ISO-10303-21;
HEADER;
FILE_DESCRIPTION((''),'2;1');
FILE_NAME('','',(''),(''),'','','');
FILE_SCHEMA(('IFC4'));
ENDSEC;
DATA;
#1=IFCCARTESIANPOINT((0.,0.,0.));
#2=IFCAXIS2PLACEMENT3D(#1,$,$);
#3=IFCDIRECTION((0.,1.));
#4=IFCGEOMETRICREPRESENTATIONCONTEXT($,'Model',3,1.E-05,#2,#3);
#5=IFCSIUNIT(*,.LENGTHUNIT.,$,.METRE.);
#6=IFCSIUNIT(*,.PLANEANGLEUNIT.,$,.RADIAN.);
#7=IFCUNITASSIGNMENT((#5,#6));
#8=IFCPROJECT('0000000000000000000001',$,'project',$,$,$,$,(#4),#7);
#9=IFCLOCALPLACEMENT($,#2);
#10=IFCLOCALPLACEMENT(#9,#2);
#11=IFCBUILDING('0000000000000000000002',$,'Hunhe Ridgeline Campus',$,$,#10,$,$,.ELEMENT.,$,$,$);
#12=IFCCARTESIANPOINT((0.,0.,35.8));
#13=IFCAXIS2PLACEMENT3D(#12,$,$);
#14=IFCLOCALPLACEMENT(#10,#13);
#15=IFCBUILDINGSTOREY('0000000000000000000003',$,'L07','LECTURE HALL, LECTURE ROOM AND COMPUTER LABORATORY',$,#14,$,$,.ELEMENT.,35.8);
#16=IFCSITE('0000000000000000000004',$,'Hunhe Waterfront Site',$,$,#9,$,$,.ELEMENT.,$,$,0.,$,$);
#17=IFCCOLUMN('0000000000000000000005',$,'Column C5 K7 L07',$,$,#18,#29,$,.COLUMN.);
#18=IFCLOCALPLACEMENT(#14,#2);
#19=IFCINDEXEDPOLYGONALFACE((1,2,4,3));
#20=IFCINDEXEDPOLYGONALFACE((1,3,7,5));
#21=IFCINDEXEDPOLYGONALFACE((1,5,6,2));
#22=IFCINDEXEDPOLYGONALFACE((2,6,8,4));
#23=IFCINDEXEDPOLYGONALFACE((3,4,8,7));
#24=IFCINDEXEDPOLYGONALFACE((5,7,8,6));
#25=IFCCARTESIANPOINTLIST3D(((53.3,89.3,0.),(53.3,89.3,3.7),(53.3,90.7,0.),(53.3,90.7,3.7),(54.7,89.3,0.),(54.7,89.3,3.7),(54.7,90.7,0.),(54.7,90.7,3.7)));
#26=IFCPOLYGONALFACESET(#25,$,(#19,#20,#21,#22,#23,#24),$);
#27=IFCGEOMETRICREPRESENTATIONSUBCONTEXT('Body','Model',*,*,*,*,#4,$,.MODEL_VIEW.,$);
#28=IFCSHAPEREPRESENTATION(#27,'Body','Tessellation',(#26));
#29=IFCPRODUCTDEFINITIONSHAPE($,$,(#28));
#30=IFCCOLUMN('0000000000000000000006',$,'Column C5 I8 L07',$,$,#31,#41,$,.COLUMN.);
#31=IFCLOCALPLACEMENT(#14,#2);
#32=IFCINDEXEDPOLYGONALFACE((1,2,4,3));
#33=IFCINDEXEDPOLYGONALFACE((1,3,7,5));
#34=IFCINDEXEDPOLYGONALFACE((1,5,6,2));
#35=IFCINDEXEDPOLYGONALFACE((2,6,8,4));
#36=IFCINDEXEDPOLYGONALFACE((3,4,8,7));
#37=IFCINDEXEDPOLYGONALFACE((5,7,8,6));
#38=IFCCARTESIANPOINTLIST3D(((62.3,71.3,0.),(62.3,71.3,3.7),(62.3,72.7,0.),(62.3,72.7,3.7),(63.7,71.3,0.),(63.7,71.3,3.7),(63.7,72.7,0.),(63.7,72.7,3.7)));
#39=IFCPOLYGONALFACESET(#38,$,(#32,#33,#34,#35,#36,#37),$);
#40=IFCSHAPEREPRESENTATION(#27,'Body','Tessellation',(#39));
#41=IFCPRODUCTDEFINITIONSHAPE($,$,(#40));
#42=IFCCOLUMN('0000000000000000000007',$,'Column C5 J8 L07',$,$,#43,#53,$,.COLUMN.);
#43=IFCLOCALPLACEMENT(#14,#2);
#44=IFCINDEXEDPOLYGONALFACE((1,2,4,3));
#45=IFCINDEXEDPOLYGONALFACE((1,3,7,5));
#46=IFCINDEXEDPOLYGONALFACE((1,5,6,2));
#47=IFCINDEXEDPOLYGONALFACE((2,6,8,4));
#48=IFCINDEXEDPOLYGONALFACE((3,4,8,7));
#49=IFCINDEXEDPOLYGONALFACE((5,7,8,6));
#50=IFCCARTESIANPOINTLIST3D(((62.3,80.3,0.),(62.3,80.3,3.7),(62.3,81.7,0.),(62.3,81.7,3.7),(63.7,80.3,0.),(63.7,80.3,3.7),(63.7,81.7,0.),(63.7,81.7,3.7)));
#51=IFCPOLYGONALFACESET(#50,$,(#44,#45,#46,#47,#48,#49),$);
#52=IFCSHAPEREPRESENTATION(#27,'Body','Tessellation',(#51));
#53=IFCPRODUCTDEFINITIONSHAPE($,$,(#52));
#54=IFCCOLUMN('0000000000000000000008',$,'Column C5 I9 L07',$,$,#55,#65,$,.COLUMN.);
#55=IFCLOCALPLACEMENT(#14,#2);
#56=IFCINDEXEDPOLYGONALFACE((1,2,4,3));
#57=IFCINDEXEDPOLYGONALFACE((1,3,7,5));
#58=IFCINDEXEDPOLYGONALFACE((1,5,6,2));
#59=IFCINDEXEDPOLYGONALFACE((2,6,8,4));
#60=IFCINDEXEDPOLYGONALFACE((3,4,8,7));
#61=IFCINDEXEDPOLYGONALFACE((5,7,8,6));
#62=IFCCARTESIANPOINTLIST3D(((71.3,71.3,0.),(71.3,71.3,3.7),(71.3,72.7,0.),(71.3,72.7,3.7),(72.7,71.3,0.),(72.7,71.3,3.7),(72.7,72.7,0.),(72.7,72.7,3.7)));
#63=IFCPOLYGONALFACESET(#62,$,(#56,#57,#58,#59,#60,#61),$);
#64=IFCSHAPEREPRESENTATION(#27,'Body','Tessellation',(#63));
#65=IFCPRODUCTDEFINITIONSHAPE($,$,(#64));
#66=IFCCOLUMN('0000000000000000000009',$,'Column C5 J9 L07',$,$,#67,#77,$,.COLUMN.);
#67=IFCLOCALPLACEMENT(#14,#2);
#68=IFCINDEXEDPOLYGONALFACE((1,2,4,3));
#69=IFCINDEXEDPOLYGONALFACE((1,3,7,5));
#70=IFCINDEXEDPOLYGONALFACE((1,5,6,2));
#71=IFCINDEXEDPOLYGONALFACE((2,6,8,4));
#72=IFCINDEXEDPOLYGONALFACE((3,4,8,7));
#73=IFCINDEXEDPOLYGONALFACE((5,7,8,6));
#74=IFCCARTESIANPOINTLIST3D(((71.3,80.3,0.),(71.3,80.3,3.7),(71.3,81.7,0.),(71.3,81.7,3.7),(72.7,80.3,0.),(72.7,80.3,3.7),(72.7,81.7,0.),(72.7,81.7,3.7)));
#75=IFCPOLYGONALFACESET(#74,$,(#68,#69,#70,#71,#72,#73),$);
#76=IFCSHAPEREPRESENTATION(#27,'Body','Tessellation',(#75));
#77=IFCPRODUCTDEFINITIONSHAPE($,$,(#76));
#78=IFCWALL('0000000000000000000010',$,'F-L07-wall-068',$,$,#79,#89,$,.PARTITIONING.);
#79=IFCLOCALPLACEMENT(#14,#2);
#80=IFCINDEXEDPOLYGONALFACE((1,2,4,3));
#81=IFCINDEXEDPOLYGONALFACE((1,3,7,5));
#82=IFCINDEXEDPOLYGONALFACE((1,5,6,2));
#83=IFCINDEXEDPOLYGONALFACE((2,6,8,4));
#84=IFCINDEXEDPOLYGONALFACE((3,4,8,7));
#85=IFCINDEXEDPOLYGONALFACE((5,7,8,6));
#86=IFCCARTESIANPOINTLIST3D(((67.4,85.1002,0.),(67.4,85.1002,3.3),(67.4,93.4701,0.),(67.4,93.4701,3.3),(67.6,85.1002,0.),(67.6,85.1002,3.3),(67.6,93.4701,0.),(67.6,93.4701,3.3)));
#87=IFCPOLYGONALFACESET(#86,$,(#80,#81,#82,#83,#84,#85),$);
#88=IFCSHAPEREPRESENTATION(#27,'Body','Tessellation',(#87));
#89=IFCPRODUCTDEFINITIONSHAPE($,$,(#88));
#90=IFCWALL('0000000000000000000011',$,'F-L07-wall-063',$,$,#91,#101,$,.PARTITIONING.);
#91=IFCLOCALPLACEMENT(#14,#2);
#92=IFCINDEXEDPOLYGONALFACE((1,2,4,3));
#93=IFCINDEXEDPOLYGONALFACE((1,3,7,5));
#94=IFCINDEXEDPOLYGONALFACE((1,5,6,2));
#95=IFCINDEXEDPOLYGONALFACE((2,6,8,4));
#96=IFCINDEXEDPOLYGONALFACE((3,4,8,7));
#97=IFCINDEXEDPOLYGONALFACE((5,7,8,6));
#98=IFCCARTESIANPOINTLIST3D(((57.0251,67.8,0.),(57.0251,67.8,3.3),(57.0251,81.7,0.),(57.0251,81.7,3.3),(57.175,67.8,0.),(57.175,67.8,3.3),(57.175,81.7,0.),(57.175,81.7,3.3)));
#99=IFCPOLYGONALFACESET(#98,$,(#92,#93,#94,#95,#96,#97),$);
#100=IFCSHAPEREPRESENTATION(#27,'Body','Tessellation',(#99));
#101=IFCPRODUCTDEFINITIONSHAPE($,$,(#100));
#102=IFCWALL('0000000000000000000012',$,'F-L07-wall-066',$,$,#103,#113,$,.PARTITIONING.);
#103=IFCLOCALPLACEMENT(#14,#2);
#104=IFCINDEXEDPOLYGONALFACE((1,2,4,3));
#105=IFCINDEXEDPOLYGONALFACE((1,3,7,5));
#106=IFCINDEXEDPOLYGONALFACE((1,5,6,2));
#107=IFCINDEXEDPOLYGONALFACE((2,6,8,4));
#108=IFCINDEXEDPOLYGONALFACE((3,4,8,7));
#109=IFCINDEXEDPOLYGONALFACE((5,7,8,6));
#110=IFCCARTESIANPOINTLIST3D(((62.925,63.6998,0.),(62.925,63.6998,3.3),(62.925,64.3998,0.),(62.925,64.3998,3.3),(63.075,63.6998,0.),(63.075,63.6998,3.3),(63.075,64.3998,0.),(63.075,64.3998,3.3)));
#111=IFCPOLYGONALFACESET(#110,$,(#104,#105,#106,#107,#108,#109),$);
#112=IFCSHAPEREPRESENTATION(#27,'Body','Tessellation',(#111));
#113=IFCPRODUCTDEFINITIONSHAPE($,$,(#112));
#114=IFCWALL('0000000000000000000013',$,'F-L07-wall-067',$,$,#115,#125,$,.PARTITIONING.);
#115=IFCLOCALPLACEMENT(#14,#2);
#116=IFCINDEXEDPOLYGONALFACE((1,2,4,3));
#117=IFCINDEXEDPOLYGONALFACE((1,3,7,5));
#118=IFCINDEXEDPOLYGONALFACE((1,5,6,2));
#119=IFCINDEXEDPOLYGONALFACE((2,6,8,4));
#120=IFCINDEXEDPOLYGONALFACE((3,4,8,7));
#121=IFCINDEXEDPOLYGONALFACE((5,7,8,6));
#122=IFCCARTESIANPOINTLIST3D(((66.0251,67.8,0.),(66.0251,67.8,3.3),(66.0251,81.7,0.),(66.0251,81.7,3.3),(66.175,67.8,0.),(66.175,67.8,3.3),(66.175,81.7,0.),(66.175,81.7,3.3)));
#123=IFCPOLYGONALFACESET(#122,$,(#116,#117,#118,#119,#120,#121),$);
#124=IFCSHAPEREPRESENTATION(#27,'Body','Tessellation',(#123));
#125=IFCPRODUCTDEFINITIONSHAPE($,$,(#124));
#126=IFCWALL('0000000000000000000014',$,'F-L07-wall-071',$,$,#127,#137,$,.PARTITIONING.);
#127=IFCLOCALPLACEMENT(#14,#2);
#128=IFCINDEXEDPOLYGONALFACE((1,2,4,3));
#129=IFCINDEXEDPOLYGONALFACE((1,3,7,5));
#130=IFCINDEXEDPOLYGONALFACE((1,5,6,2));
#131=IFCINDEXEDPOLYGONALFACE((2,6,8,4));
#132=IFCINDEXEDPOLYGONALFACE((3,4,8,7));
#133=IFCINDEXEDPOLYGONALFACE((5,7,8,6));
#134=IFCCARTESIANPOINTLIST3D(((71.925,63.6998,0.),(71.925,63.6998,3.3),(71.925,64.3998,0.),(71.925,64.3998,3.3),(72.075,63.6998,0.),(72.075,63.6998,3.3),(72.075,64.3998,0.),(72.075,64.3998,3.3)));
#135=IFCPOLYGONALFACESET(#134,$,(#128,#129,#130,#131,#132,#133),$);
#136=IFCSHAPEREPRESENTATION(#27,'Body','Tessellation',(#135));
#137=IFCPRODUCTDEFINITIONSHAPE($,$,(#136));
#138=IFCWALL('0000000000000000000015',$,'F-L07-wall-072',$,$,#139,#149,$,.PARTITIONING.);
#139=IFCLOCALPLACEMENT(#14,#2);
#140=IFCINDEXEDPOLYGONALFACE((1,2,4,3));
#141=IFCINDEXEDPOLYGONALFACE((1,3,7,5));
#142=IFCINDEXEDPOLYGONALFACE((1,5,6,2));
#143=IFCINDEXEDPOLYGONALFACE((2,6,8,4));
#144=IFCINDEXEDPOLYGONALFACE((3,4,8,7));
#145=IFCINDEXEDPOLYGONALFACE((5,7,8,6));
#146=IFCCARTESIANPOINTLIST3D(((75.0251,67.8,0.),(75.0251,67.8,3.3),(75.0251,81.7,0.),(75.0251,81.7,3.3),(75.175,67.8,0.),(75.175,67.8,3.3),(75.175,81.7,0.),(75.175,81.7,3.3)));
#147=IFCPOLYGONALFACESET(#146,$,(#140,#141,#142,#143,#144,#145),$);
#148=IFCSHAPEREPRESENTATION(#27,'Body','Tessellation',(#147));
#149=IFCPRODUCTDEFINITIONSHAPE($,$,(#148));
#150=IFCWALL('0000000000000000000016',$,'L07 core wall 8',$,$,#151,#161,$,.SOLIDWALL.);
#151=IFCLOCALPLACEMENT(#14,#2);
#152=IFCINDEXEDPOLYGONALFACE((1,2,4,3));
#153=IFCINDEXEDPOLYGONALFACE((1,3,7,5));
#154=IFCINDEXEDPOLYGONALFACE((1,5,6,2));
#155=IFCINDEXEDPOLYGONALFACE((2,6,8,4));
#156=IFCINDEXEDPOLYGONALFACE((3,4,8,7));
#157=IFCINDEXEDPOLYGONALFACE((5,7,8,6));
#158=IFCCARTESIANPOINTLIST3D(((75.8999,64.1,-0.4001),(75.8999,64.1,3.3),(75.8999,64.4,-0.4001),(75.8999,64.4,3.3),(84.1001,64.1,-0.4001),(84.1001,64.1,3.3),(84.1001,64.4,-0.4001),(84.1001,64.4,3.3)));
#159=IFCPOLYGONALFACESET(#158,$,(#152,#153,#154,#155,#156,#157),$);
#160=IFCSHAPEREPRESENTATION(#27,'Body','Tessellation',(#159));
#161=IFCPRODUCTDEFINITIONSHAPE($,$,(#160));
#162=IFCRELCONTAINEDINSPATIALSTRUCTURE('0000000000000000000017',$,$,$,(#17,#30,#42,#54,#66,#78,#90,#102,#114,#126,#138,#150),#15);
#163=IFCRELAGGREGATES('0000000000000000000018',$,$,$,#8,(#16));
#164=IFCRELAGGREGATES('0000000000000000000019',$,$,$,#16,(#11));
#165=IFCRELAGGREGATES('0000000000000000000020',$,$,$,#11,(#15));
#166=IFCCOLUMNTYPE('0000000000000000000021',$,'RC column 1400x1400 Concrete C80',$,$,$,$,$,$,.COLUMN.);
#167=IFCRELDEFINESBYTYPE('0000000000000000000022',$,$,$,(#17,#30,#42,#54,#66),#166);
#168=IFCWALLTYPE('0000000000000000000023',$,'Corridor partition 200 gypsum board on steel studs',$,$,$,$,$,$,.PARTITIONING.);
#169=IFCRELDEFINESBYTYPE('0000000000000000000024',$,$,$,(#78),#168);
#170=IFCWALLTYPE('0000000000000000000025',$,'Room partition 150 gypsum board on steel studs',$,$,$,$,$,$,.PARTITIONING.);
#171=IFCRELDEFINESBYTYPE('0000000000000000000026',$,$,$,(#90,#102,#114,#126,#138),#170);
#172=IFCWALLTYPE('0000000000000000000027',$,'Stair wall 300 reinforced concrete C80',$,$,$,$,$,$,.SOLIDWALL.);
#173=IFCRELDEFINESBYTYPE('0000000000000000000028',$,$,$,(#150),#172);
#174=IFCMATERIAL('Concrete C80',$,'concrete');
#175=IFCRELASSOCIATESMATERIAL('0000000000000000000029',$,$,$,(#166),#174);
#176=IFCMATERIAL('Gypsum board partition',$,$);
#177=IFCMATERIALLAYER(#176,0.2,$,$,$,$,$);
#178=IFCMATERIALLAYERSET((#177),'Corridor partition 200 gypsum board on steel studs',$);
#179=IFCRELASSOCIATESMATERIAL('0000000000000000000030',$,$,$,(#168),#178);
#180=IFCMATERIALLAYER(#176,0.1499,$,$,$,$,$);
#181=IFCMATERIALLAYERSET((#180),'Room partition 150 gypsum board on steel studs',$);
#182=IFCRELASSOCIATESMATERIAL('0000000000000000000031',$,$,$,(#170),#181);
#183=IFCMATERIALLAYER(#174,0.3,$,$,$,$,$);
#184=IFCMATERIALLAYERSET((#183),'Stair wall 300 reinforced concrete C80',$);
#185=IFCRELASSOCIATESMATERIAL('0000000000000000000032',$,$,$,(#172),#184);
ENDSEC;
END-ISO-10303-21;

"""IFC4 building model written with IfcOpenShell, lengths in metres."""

from ifc_helpers import new_model, si_unit, direction, frame, frame_2d, origin, origin_2d, place, context, subcontext, project, spatial, rectangle, extrude, material, layer, layer_set, material_profile, profile_set, type_object, element, save


model = new_model("IFC4")

# Units and contexts
model_context = context("Model", 3, precision=1e-05, world=origin(), true_north=direction((0.0, 1.0)))
body_context = subcontext(model_context, "Body", "Model", "MODEL_VIEW")
ifc_project = project(units=[si_unit("LENGTHUNIT", "METRE"), si_unit("PLANEANGLEUNIT", "RADIAN")], contexts=[model_context])

# Site, building, storey
site_placement = place(None, origin())
site = spatial("IfcSite", under=ifc_project, at=site_placement, Name="Hunhe Waterfront Site", CompositionType="ELEMENT", RefElevation=0.0)
building_placement = place(site_placement, origin())
building = spatial("IfcBuilding", under=site, at=building_placement, Name="Hunhe Ridgeline Campus", CompositionType="ELEMENT")
storey_placement = place(building_placement, frame((0.0, 0.0, 35.8)))
storey = spatial("IfcBuildingStorey", under=building, at=storey_placement, Name="L07", Description="LECTURE HALL, LECTURE ROOM AND COMPUTER LABORATORY", CompositionType="ELEMENT", Elevation=35.8)

# Columns
ifc_material_1 = material(Name="Concrete C80", Category="concrete")
ifc_material_profile = material_profile(ifc_material_1, rectangle(XDim=1.3999, YDim=1.3999, at=origin_2d()))
ifc_profile_set = profile_set([ifc_material_profile], Name="Concrete C80")
column_type = type_object("IfcColumnType", Name="RC column 1400x1400 Concrete C80", PredefinedType="COLUMN", material=ifc_profile_set)
for number, where, z_axis, x_axis, name in (
    (1, (54.0, 90.0, 0.0), (0.0, 0.0, 1.0), (1.0, 0.0, 0.0), "Column C5 K7 L07"),
    (2, (63.0, 72.0, 0.0), (0.0, 0.0, 1.0), (1.0, 0.0, 0.0), "Column C5 I8 L07"),
    (3, (63.0, 81.0, 0.0), (0.0, 0.0, 1.0), (1.0, 0.0, 0.0), "Column C5 J8 L07"),
    (4, (72.0, 72.0, 0.0), (0.0, 0.0, 1.0), (1.0, 0.0, 0.0), "Column C5 I9 L07"),
    (5, (72.0, 81.0, 0.0), (0.0, 0.0, 1.0), (1.0, 0.0, 0.0), "Column C5 J9 L07"),
):
    element("IfcColumn", number, at=place(storey_placement, frame(where, z_axis=z_axis, x_axis=x_axis)), inside=storey, type_object=column_type, Name=name, PredefinedType="COLUMN", context=body_context, shape_type="SweptSolid", body=[
        extrude(rectangle(XDim=1.3999, YDim=1.3999, at=origin_2d()), origin(), (0.0, 0.0, 1.0), 3.7),
    ])

# Shared definitions
ifc_material_2 = material(Name="Gypsum board partition")
ifc_layer_1 = layer(ifc_material_2, 0.2)
ifc_layer_set_1 = layer_set([ifc_layer_1], Name="Corridor partition 200 gypsum board on steel studs")
wall_type_1 = type_object("IfcWallType", Name="Corridor partition 200 gypsum board on steel studs", PredefinedType="PARTITIONING", material=ifc_layer_set_1)

# Walls
wall_1_placement = place(storey_placement, frame((67.5, 85.1001, 0.0), z_axis=(0.0, 0.0, 1.0), x_axis=(0.0, 1.0, 0.0)))
element("IfcWall", 6, at=wall_1_placement, inside=storey, type_object=wall_type_1, Name="F-L07-wall-068", PredefinedType="PARTITIONING", context=body_context, shape_type="SweptSolid", body=[
    extrude(rectangle(XDim=8.3699, YDim=0.2, at=frame_2d((4.1851, 0.0))), origin(), (0.0, 0.0, 1.0), 3.3),
])
ifc_layer_2 = layer(ifc_material_2, 0.1499)
ifc_layer_set_2 = layer_set([ifc_layer_2], Name="Room partition 150 gypsum board on steel studs")
wall_type_2 = type_object("IfcWallType", Name="Room partition 150 gypsum board on steel studs", PredefinedType="PARTITIONING", material=ifc_layer_set_2)
wall_2_placement = place(storey_placement, frame((57.1001, 81.7, 0.0), z_axis=(0.0, 0.0, 1.0), x_axis=(0.0, -1.0, 0.0)))
element("IfcWall", 7, at=wall_2_placement, inside=storey, type_object=wall_type_2, Name="F-L07-wall-063", PredefinedType="PARTITIONING", context=body_context, shape_type="SweptSolid", body=[
    extrude(rectangle(XDim=13.8999, YDim=0.1499, at=frame_2d((6.95, 0.0))), origin(), (0.0, 0.0, 1.0), 3.3),
])
wall_3_placement = place(storey_placement, frame((63.0, 64.3999, 0.0), z_axis=(0.0, 0.0, 1.0), x_axis=(0.0, -1.0, 0.0)))
element("IfcWall", 8, at=wall_3_placement, inside=storey, type_object=wall_type_2, Name="F-L07-wall-066", PredefinedType="PARTITIONING", context=body_context, shape_type="SweptSolid", body=[
    extrude(rectangle(XDim=0.7, YDim=0.1499, at=frame_2d((0.3501, 0.0))), origin(), (0.0, 0.0, 1.0), 3.3),
])
wall_4_placement = place(storey_placement, frame((66.1001, 81.7, 0.0), z_axis=(0.0, 0.0, 1.0), x_axis=(0.0, -1.0, 0.0)))
element("IfcWall", 9, at=wall_4_placement, inside=storey, type_object=wall_type_2, Name="F-L07-wall-067", PredefinedType="PARTITIONING", context=body_context, shape_type="SweptSolid", body=[
    extrude(rectangle(XDim=13.8999, YDim=0.1499, at=frame_2d((6.95, 0.0))), origin(), (0.0, 0.0, 1.0), 3.3),
])
wall_5_placement = place(storey_placement, frame((72.0, 64.3999, 0.0), z_axis=(0.0, 0.0, 1.0), x_axis=(0.0, -1.0, 0.0)))
element("IfcWall", 10, at=wall_5_placement, inside=storey, type_object=wall_type_2, Name="F-L07-wall-071", PredefinedType="PARTITIONING", context=body_context, shape_type="SweptSolid", body=[
    extrude(rectangle(XDim=0.7, YDim=0.1499, at=frame_2d((0.3501, 0.0))), origin(), (0.0, 0.0, 1.0), 3.3),
])
wall_6_placement = place(storey_placement, frame((75.1001, 81.7, 0.0), z_axis=(0.0, 0.0, 1.0), x_axis=(0.0, -1.0, 0.0)))
element("IfcWall", 11, at=wall_6_placement, inside=storey, type_object=wall_type_2, Name="F-L07-wall-072", PredefinedType="PARTITIONING", context=body_context, shape_type="SweptSolid", body=[
    extrude(rectangle(XDim=13.8999, YDim=0.1499, at=frame_2d((6.95, 0.0))), origin(), (0.0, 0.0, 1.0), 3.3),
])
ifc_layer_3 = layer(ifc_material_1, 0.3)
ifc_layer_set_3 = layer_set([ifc_layer_3], Name="Stair wall 300 reinforced concrete C80")
wall_type_3 = type_object("IfcWallType", Name="Stair wall 300 reinforced concrete C80", PredefinedType="SOLIDWALL", material=ifc_layer_set_3)
wall_7_placement = place(storey_placement, frame((75.8999, 64.25, -0.4001), z_axis=(0.0, 0.0, 1.0), x_axis=(1.0, 0.0, 0.0)))
element("IfcWall", 12, at=wall_7_placement, inside=storey, type_object=wall_type_3, Name="L07 core wall 8", PredefinedType="SOLIDWALL", context=body_context, shape_type="SweptSolid", body=[
    extrude(rectangle(XDim=8.2002, YDim=0.3, at=frame_2d((4.1001, 0.0))), origin(), (0.0, 0.0, 1.0), 3.7002),
])

save(model, "model.ifc")
